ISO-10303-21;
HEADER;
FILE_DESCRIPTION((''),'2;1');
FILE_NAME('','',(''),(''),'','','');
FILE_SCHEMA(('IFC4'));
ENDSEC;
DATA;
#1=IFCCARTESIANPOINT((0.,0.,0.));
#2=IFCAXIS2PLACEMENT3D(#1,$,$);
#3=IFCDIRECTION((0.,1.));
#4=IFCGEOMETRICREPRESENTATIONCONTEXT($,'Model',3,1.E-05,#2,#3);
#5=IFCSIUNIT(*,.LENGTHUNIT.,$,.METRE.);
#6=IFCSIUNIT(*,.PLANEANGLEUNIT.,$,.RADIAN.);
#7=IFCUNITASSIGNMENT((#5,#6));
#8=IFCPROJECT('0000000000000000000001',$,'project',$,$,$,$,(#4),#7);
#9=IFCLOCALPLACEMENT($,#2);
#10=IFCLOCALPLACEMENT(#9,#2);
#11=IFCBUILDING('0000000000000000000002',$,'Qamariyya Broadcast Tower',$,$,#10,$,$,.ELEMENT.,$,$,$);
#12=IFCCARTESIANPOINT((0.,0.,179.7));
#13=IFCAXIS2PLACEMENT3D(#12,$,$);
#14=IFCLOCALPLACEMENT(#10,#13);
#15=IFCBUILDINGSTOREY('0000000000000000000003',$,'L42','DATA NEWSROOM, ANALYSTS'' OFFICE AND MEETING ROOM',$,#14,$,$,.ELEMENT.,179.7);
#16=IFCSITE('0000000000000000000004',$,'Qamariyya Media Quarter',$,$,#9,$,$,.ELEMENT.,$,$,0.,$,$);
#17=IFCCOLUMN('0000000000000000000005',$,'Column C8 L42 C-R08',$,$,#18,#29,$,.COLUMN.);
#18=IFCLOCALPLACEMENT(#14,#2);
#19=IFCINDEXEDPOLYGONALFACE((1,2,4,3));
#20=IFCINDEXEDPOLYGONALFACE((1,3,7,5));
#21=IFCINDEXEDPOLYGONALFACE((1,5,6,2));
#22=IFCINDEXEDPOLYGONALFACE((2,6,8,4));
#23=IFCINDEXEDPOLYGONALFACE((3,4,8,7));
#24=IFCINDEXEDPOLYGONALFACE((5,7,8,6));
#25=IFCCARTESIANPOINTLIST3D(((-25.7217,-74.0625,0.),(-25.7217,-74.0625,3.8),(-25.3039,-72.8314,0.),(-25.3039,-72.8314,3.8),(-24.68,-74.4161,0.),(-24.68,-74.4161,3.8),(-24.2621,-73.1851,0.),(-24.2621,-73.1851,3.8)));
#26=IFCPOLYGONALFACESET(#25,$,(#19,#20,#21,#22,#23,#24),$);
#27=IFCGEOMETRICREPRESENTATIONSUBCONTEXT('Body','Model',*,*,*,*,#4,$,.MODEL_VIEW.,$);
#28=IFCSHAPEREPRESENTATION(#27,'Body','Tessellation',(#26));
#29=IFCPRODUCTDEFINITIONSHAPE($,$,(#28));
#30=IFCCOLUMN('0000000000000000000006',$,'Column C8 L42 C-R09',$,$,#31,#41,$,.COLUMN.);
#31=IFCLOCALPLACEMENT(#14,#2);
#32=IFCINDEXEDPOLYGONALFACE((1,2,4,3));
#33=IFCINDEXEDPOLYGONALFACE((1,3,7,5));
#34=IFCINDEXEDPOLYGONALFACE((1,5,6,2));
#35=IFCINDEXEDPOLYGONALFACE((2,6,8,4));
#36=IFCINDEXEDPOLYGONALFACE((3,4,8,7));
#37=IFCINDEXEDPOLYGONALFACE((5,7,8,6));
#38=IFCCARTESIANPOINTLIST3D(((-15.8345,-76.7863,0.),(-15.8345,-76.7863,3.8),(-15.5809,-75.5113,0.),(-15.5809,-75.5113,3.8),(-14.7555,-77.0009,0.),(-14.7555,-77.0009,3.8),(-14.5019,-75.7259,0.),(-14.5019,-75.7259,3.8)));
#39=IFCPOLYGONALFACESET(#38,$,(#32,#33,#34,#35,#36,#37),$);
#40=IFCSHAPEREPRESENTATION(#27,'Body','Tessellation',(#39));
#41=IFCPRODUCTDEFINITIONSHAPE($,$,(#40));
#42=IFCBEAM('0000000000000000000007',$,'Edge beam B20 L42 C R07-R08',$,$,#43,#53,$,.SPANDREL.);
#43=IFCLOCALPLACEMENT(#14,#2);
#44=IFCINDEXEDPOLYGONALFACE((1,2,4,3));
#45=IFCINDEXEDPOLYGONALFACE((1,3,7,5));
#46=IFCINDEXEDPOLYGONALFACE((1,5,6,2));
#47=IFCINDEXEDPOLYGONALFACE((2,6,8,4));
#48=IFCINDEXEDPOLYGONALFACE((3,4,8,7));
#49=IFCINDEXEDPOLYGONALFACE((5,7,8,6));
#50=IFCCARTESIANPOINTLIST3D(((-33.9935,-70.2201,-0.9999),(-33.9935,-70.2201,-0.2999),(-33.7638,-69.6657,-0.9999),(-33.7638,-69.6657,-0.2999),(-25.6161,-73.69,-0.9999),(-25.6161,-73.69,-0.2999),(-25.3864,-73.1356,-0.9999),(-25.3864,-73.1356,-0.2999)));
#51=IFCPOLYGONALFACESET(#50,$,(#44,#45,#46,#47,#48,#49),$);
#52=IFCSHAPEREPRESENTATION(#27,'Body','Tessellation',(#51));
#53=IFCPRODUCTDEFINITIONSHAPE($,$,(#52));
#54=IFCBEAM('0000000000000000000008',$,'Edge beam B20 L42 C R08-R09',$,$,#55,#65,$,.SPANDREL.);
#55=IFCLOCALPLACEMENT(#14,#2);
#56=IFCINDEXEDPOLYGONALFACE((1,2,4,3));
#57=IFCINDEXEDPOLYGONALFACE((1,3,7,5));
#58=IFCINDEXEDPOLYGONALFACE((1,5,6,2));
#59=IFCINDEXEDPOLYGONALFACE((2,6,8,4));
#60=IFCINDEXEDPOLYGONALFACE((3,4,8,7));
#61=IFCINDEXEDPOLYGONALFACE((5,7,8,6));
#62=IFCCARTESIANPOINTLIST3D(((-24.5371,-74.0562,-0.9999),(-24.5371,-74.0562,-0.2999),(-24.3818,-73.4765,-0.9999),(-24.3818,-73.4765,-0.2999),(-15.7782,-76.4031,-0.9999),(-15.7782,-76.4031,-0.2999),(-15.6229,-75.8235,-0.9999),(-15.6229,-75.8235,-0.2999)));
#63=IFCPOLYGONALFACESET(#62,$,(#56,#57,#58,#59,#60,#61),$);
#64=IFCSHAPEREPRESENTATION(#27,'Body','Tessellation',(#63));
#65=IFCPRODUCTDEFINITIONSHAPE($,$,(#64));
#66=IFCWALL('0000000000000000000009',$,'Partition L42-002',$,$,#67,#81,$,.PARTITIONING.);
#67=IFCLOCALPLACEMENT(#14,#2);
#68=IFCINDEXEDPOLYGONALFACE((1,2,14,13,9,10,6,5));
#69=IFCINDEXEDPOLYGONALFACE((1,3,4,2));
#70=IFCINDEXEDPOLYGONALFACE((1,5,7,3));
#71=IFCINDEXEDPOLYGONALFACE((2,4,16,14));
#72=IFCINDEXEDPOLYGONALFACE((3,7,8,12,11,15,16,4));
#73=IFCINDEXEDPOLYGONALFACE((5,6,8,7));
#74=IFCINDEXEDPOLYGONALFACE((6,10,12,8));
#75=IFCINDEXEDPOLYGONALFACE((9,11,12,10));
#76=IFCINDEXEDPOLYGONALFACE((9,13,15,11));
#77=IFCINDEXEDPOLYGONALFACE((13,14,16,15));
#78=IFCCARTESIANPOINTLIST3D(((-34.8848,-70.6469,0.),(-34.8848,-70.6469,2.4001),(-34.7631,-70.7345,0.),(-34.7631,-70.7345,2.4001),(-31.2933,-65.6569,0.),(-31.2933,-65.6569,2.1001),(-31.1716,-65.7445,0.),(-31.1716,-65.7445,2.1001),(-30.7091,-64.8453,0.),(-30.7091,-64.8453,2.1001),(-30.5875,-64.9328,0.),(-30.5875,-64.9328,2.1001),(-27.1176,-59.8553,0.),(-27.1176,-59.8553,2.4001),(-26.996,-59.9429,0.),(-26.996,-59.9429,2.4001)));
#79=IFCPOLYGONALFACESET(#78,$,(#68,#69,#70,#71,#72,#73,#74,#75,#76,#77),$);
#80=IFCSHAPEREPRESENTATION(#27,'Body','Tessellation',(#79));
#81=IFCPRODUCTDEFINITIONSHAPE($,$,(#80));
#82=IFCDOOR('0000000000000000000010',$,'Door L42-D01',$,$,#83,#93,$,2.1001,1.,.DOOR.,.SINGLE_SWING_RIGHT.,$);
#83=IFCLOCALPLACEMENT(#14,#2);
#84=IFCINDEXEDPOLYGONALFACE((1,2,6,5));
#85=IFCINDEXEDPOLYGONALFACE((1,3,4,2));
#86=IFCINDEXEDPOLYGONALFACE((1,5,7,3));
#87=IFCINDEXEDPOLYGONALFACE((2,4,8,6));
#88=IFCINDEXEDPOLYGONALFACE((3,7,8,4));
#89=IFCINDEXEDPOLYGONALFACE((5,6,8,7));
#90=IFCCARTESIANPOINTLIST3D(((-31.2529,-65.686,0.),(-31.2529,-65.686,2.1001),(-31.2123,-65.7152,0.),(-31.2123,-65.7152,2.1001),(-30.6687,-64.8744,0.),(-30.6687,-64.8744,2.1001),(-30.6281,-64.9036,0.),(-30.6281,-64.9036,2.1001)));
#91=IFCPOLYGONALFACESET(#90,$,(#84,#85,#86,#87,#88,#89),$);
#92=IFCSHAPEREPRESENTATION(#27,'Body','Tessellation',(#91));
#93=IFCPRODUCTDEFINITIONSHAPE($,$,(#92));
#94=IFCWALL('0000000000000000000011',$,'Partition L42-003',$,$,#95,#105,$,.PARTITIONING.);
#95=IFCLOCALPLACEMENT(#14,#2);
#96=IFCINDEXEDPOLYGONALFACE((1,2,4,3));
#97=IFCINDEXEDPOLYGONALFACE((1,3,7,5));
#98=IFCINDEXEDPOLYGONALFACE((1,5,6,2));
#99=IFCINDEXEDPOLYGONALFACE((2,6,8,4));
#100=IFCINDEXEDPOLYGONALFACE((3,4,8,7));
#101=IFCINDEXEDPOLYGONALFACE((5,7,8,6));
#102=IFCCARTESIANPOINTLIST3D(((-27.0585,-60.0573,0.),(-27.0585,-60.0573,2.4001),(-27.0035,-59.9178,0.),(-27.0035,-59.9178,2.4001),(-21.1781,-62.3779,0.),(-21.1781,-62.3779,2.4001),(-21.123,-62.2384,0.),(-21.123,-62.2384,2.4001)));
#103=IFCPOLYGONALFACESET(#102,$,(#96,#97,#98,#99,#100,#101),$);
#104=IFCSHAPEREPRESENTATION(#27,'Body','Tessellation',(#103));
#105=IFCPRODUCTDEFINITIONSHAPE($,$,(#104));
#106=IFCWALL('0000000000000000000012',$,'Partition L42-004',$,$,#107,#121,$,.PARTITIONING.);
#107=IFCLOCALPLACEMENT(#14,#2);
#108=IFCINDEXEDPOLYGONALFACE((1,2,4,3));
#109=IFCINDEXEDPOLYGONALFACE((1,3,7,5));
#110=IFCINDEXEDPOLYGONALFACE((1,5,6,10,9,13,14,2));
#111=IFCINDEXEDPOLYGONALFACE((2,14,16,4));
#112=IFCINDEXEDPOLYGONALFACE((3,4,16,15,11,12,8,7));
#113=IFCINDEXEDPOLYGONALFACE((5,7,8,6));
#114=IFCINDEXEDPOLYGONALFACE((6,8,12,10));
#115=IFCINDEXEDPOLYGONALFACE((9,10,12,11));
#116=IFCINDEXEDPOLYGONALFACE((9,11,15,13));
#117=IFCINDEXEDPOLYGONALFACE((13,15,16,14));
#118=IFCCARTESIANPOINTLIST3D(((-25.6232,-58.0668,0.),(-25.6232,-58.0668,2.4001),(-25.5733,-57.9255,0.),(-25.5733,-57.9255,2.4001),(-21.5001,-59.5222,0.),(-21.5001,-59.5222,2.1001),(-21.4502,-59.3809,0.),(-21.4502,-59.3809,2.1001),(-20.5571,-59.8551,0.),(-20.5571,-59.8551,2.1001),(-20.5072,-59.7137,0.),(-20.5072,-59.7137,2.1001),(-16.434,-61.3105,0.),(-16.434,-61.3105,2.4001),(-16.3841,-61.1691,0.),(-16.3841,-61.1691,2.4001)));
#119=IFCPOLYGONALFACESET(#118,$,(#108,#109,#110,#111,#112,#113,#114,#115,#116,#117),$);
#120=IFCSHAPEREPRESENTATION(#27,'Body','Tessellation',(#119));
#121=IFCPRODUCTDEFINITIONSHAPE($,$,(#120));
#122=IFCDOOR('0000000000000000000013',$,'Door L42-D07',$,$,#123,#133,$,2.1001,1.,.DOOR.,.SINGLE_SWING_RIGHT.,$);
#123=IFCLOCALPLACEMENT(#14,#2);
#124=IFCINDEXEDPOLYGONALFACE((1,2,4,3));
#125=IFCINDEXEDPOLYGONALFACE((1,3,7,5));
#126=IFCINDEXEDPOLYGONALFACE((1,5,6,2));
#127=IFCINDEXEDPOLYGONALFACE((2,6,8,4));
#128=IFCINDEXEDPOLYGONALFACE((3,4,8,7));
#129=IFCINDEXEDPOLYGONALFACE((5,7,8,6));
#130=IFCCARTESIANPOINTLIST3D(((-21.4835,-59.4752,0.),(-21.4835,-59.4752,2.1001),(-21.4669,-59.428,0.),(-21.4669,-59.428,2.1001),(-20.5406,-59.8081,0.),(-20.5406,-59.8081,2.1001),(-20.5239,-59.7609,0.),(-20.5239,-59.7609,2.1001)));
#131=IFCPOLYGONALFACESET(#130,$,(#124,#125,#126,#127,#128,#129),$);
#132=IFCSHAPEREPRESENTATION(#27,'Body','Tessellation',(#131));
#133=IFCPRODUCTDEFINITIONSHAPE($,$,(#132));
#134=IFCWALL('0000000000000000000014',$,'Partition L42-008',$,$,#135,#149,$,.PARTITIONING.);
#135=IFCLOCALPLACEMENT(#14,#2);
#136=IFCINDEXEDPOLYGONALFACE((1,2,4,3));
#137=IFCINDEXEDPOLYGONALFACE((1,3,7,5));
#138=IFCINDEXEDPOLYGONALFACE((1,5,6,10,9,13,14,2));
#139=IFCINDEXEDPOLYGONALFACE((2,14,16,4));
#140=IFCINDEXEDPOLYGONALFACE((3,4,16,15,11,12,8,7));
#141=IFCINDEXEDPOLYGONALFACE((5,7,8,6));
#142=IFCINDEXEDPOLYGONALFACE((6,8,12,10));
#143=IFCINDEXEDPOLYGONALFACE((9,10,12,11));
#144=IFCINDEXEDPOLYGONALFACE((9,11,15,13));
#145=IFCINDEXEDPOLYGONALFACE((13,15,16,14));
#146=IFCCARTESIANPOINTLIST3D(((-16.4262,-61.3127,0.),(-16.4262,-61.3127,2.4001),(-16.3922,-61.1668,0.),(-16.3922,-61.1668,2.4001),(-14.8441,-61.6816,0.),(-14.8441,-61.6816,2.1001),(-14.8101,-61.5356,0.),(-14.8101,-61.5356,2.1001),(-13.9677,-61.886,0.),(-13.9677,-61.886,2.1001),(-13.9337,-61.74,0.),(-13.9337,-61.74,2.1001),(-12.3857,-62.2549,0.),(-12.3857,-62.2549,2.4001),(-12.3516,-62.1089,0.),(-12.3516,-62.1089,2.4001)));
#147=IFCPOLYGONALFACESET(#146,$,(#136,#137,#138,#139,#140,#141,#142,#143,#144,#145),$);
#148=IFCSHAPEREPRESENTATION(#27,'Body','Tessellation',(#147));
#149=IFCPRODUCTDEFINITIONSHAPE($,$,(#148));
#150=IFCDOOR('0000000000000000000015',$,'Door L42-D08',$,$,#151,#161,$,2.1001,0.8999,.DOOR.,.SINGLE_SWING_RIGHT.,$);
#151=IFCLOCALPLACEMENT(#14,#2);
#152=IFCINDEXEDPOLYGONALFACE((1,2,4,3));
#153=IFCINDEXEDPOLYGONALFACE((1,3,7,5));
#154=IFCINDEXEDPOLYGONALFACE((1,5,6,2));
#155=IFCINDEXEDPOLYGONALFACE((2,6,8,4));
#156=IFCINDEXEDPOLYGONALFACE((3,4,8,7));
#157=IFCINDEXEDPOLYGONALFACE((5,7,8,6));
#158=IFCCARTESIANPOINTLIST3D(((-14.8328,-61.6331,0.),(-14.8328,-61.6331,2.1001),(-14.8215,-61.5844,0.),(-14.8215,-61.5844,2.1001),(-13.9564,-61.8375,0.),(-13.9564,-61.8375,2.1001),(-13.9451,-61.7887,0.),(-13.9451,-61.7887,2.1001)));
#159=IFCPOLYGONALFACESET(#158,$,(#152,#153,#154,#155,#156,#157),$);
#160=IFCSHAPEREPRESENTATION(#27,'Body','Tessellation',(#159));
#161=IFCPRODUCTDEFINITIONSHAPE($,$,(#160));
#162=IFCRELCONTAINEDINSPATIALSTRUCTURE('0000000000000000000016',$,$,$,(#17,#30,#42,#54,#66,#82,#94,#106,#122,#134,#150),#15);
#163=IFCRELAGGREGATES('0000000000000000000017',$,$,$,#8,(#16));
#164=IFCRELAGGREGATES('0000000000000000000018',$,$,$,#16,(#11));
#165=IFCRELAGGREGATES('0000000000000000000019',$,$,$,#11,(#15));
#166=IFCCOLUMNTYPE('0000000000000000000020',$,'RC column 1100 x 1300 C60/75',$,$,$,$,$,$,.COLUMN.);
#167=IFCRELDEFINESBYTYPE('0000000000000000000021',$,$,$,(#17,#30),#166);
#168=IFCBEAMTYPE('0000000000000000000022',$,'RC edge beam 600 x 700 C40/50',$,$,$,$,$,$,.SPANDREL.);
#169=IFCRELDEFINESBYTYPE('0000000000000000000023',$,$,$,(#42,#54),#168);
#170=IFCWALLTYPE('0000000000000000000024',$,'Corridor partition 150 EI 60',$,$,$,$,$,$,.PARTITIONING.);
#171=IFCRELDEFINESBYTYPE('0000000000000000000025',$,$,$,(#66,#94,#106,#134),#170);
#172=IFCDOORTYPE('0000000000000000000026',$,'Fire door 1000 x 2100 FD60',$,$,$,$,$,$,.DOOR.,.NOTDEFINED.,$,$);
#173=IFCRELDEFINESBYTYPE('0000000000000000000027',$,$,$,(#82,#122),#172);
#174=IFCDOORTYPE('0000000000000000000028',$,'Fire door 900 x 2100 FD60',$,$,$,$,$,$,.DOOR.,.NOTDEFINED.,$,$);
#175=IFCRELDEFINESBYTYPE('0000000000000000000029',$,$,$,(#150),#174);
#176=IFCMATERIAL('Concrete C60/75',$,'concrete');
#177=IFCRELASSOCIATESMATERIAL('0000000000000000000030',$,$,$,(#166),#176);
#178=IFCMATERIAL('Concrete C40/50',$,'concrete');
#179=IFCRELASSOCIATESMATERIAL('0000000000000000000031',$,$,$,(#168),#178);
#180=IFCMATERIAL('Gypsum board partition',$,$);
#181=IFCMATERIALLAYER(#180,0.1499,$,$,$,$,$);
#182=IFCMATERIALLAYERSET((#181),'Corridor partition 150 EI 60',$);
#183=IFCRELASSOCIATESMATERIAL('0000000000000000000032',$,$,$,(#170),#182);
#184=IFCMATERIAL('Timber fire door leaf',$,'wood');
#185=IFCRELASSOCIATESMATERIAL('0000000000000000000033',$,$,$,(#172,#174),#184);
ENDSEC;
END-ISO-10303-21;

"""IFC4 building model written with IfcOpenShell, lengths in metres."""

from ifc_helpers import new_model, si_unit, direction, frame, frame_2d, origin, origin_2d, place, context, subcontext, project, spatial, rectangle, extrude, material, layer, layer_set, material_profile, profile_set, type_object, element, fill, save


model = new_model("IFC4")

# Units and contexts
model_context = context("Model", 3, precision=1e-05, world=origin(), true_north=direction((0.0, 1.0)))
body_context = subcontext(model_context, "Body", "Model", "MODEL_VIEW")
ifc_project = project(units=[si_unit("LENGTHUNIT", "METRE"), si_unit("PLANEANGLEUNIT", "RADIAN")], contexts=[model_context])

# Site, building, storey
site_placement = place(None, origin())
site = spatial("IfcSite", under=ifc_project, at=site_placement, Name="Qamariyya Media Quarter", CompositionType="ELEMENT", RefElevation=0.0)
building_placement = place(site_placement, origin())
building = spatial("IfcBuilding", under=site, at=building_placement, Name="Qamariyya Broadcast Tower", CompositionType="ELEMENT")
storey_placement = place(building_placement, frame((0.0, 0.0, 179.7)))
storey = spatial("IfcBuildingStorey", under=building, at=storey_placement, Name="L42", Description="DATA NEWSROOM, ANALYSTS' OFFICE AND MEETING ROOM", CompositionType="ELEMENT", Elevation=179.7)

# Columns
ifc_material_1 = material(Name="Concrete C60/75", Category="concrete")
ifc_material_profile_1 = material_profile(ifc_material_1, rectangle(XDim=1.1001, YDim=1.3, at=origin_2d()))
ifc_profile_set_1 = profile_set([ifc_material_profile_1], Name="Concrete C60/75")
column_type = type_object("IfcColumnType", Name="RC column 1100 x 1300 C60/75", PredefinedType="COLUMN", material=ifc_profile_set_1)
for number, where, z_axis, x_axis, name in (
    (1, (-24.9919, -73.6238, 0.0), (0.0, 0.0, 1.0), (0.94693, -0.321439, 0.0), "Column C8 L42 C-R08"),
    (2, (-15.1682, -76.2561, 0.0), (0.0, 0.0, 1.0), (0.980785, -0.19509, 0.0), "Column C8 L42 C-R09"),
):
    element("IfcColumn", number, at=place(storey_placement, frame(where, z_axis=z_axis, x_axis=x_axis)), inside=storey, type_object=column_type, Name=name, PredefinedType="COLUMN", context=body_context, shape_type="SweptSolid", body=[
        extrude(rectangle(XDim=1.1001, YDim=1.3, at=origin_2d()), origin(), (0.0, 0.0, 1.0), 3.8),
    ])

# Beams
ifc_material_2 = material(Name="Concrete C40/50", Category="concrete")
ifc_material_profile_2 = material_profile(ifc_material_2, rectangle(XDim=0.6001, YDim=0.7, at=origin_2d()))
ifc_profile_set_2 = profile_set([ifc_material_profile_2], Name="Concrete C40/50")
beam_type = type_object("IfcBeamType", Name="RC edge beam 600 x 700 C40/50", PredefinedType="SPANDREL", material=ifc_profile_set_2)
beam_1_placement = place(storey_placement, frame((-33.8787, -69.9429, -0.6499), z_axis=(0.923883, -0.382676, 0.0), x_axis=(0.382676, 0.923883, 0.0)))
element("IfcBeam", 3, at=beam_1_placement, inside=storey, type_object=beam_type, Name="Edge beam B20 L42 C R07-R08", PredefinedType="SPANDREL", context=body_context, shape_type="SweptSolid", body=[
    extrude(rectangle(XDim=0.6001, YDim=0.7, at=origin_2d()), origin(), (0.0, 0.0, 1.0), 9.0676),
])
beam_2_placement = place(storey_placement, frame((-24.4595, -73.7664, -0.6499), z_axis=(0.965925, -0.25882, 0.0), x_axis=(0.25882, 0.965925, 0.0)))
element("IfcBeam", 4, at=beam_2_placement, inside=storey, type_object=beam_type, Name="Edge beam B20 L42 C R08-R09", PredefinedType="SPANDREL", context=body_context, shape_type="SweptSolid", body=[
    extrude(rectangle(XDim=0.6001, YDim=0.7, at=origin_2d()), origin(), (0.0, 0.0, 1.0), 9.0679),
])

# Wall, opening, door
ifc_material_3 = material(Name="Gypsum board partition")
ifc_layer_1 = layer(ifc_material_3, 0.1499)
ifc_layer_set_1 = layer_set([ifc_layer_1], Name="Corridor partition 150 EI 60")
wall_type_1 = type_object("IfcWallType", Name="Corridor partition 150 EI 60", PredefinedType="PARTITIONING", material=ifc_layer_set_1)
wall_1_placement = place(storey_placement, frame((-27.0569, -59.8992, 0.0), z_axis=(0.0, 0.0, 1.0), x_axis=(-0.584166, -0.811634, 0.0)))
wall_1 = element("IfcWall", 5, at=wall_1_placement, inside=storey, type_object=wall_type_1, Name="Partition L42-002", PredefinedType="PARTITIONING", context=body_context, shape_type="SweptSolid", body=[
    extrude(rectangle(XDim=13.2961, YDim=0.1499, at=frame_2d((6.6479, 0.0))), origin(), (0.0, 0.0, 1.0), 2.4001),
])
opening_1_placement = place(wall_1_placement, frame((6.1479, 0.0, 0.0)))
opening_1 = element("IfcOpeningElement", 6, at=opening_1_placement, cuts=wall_1, PredefinedType="OPENING", context=body_context, shape_type="SweptSolid", body=[
    extrude(rectangle(XDim=1.0, YDim=2.1001, at=frame_2d((0.5, 1.05))), frame((0.0, 0.085, 0.0), z_axis=(0.0, -1.0, 0.0), x_axis=(1.0, 0.0, 0.0)), (0.0, 0.0, 1.0), 0.1699),
])
ifc_material_4 = material(Name="Timber fire door leaf", Category="wood")
door_type_1 = type_object("IfcDoorType", Name="Fire door 1000 x 2100 FD60", OperationType="NOTDEFINED", PredefinedType="DOOR", material=ifc_material_4)
door_1_placement = place(opening_1_placement, origin())
door_1 = element("IfcDoor", 7, at=door_1_placement, inside=storey, type_object=door_type_1, Name="Door L42-D01", OperationType="SINGLE_SWING_RIGHT", OverallHeight=2.1001, OverallWidth=1.0, PredefinedType="DOOR", context=body_context, shape_type="SweptSolid", body=[
    extrude(rectangle(XDim=1.0, YDim=2.1001, at=frame_2d((0.5, 1.05))), frame((0.0, 0.0249, 0.0), z_axis=(0.0, -1.0, 0.0), x_axis=(1.0, 0.0, 0.0)), (0.0, 0.0, 1.0), 0.05),
])
fill(opening_1, door_1)

# Wall
wall_2_placement = place(storey_placement, frame((-27.031, -59.9875, 0.0), z_axis=(0.0, 0.0, 1.0), x_axis=(0.93019, -0.367079, 0.0)))
element("IfcWall", 8, at=wall_2_placement, inside=storey, type_object=wall_type_1, Name="Partition L42-003", PredefinedType="PARTITIONING", context=body_context, shape_type="SweptSolid", body=[
    extrude(rectangle(XDim=6.3218, YDim=0.1499, at=frame_2d((3.1609, 0.0))), origin(), (0.0, 0.0, 1.0), 2.4001),
])

# Walls, openings, doors
wall_3_placement = place(storey_placement, frame((-25.5984, -57.9961, 0.0), z_axis=(0.0, 0.0, 1.0), x_axis=(0.942977, -0.332857, 0.0)))
wall_3 = element("IfcWall", 9, at=wall_3_placement, inside=storey, type_object=wall_type_1, Name="Partition L42-004", PredefinedType="PARTITIONING", context=body_context, shape_type="SweptSolid", body=[
    extrude(rectangle(XDim=9.7449, YDim=0.1499, at=frame_2d((4.8726, 0.0))), origin(), (0.0, 0.0, 1.0), 2.4001),
])
opening_2_placement = place(wall_3_placement, frame((4.3726, 0.0, 0.0)))
opening_2 = element("IfcOpeningElement", 10, at=opening_2_placement, cuts=wall_3, PredefinedType="OPENING", context=body_context, shape_type="SweptSolid", body=[
    extrude(rectangle(XDim=1.0, YDim=2.1001, at=frame_2d((0.5, 1.05))), frame((0.0, 0.085, 0.0), z_axis=(0.0, -1.0, 0.0), x_axis=(1.0, 0.0, 0.0)), (0.0, 0.0, 1.0), 0.1699),
])
door_2_placement = place(opening_2_placement, origin())
door_2 = element("IfcDoor", 11, at=door_2_placement, inside=storey, type_object=door_type_1, Name="Door L42-D07", OperationType="SINGLE_SWING_RIGHT", OverallHeight=2.1001, OverallWidth=1.0, PredefinedType="DOOR", context=body_context, shape_type="SweptSolid", body=[
    extrude(rectangle(XDim=1.0, YDim=2.1001, at=frame_2d((0.5, 1.05))), frame((0.0, 0.0249, 0.0), z_axis=(0.0, -1.0, 0.0), x_axis=(1.0, 0.0, 0.0)), (0.0, 0.0, 1.0), 0.05),
])
fill(opening_2, door_2)
wall_4_placement = place(storey_placement, frame((-16.4092, -61.2397, 0.0), z_axis=(0.0, 0.0, 1.0), x_axis=(0.973876, -0.227081, 0.0)))
wall_4 = element("IfcWall", 12, at=wall_4_placement, inside=storey, type_object=wall_type_1, Name="Partition L42-008", PredefinedType="PARTITIONING", context=body_context, shape_type="SweptSolid", body=[
    extrude(rectangle(XDim=4.1489, YDim=0.1499, at=frame_2d((2.0745, 0.0))), origin(), (0.0, 0.0, 1.0), 2.4001),
])
opening_3_placement = place(wall_4_placement, frame((1.6245, 0.0, 0.0)))
opening_3 = element("IfcOpeningElement", 13, at=opening_3_placement, cuts=wall_4, PredefinedType="OPENING", context=body_context, shape_type="SweptSolid", body=[
    extrude(rectangle(XDim=0.8999, YDim=2.1001, at=frame_2d((0.45, 1.05))), frame((0.0, 0.085, 0.0), z_axis=(0.0, -1.0, 0.0), x_axis=(1.0, 0.0, 0.0)), (0.0, 0.0, 1.0), 0.1699),
])
door_type_2 = type_object("IfcDoorType", Name="Fire door 900 x 2100 FD60", OperationType="NOTDEFINED", PredefinedType="DOOR", material=ifc_material_4)
door_3_placement = place(opening_3_placement, origin())
door_3 = element("IfcDoor", 14, at=door_3_placement, inside=storey, type_object=door_type_2, Name="Door L42-D08", OperationType="SINGLE_SWING_RIGHT", OverallHeight=2.1001, OverallWidth=0.8999, PredefinedType="DOOR", context=body_context, shape_type="SweptSolid", body=[
    extrude(rectangle(XDim=0.8999, YDim=2.1001, at=frame_2d((0.45, 1.05))), frame((0.0, 0.0249, 0.0), z_axis=(0.0, -1.0, 0.0), x_axis=(1.0, 0.0, 0.0)), (0.0, 0.0, 1.0), 0.05),
])
fill(opening_3, door_3)

save(model, "model.ifc")
